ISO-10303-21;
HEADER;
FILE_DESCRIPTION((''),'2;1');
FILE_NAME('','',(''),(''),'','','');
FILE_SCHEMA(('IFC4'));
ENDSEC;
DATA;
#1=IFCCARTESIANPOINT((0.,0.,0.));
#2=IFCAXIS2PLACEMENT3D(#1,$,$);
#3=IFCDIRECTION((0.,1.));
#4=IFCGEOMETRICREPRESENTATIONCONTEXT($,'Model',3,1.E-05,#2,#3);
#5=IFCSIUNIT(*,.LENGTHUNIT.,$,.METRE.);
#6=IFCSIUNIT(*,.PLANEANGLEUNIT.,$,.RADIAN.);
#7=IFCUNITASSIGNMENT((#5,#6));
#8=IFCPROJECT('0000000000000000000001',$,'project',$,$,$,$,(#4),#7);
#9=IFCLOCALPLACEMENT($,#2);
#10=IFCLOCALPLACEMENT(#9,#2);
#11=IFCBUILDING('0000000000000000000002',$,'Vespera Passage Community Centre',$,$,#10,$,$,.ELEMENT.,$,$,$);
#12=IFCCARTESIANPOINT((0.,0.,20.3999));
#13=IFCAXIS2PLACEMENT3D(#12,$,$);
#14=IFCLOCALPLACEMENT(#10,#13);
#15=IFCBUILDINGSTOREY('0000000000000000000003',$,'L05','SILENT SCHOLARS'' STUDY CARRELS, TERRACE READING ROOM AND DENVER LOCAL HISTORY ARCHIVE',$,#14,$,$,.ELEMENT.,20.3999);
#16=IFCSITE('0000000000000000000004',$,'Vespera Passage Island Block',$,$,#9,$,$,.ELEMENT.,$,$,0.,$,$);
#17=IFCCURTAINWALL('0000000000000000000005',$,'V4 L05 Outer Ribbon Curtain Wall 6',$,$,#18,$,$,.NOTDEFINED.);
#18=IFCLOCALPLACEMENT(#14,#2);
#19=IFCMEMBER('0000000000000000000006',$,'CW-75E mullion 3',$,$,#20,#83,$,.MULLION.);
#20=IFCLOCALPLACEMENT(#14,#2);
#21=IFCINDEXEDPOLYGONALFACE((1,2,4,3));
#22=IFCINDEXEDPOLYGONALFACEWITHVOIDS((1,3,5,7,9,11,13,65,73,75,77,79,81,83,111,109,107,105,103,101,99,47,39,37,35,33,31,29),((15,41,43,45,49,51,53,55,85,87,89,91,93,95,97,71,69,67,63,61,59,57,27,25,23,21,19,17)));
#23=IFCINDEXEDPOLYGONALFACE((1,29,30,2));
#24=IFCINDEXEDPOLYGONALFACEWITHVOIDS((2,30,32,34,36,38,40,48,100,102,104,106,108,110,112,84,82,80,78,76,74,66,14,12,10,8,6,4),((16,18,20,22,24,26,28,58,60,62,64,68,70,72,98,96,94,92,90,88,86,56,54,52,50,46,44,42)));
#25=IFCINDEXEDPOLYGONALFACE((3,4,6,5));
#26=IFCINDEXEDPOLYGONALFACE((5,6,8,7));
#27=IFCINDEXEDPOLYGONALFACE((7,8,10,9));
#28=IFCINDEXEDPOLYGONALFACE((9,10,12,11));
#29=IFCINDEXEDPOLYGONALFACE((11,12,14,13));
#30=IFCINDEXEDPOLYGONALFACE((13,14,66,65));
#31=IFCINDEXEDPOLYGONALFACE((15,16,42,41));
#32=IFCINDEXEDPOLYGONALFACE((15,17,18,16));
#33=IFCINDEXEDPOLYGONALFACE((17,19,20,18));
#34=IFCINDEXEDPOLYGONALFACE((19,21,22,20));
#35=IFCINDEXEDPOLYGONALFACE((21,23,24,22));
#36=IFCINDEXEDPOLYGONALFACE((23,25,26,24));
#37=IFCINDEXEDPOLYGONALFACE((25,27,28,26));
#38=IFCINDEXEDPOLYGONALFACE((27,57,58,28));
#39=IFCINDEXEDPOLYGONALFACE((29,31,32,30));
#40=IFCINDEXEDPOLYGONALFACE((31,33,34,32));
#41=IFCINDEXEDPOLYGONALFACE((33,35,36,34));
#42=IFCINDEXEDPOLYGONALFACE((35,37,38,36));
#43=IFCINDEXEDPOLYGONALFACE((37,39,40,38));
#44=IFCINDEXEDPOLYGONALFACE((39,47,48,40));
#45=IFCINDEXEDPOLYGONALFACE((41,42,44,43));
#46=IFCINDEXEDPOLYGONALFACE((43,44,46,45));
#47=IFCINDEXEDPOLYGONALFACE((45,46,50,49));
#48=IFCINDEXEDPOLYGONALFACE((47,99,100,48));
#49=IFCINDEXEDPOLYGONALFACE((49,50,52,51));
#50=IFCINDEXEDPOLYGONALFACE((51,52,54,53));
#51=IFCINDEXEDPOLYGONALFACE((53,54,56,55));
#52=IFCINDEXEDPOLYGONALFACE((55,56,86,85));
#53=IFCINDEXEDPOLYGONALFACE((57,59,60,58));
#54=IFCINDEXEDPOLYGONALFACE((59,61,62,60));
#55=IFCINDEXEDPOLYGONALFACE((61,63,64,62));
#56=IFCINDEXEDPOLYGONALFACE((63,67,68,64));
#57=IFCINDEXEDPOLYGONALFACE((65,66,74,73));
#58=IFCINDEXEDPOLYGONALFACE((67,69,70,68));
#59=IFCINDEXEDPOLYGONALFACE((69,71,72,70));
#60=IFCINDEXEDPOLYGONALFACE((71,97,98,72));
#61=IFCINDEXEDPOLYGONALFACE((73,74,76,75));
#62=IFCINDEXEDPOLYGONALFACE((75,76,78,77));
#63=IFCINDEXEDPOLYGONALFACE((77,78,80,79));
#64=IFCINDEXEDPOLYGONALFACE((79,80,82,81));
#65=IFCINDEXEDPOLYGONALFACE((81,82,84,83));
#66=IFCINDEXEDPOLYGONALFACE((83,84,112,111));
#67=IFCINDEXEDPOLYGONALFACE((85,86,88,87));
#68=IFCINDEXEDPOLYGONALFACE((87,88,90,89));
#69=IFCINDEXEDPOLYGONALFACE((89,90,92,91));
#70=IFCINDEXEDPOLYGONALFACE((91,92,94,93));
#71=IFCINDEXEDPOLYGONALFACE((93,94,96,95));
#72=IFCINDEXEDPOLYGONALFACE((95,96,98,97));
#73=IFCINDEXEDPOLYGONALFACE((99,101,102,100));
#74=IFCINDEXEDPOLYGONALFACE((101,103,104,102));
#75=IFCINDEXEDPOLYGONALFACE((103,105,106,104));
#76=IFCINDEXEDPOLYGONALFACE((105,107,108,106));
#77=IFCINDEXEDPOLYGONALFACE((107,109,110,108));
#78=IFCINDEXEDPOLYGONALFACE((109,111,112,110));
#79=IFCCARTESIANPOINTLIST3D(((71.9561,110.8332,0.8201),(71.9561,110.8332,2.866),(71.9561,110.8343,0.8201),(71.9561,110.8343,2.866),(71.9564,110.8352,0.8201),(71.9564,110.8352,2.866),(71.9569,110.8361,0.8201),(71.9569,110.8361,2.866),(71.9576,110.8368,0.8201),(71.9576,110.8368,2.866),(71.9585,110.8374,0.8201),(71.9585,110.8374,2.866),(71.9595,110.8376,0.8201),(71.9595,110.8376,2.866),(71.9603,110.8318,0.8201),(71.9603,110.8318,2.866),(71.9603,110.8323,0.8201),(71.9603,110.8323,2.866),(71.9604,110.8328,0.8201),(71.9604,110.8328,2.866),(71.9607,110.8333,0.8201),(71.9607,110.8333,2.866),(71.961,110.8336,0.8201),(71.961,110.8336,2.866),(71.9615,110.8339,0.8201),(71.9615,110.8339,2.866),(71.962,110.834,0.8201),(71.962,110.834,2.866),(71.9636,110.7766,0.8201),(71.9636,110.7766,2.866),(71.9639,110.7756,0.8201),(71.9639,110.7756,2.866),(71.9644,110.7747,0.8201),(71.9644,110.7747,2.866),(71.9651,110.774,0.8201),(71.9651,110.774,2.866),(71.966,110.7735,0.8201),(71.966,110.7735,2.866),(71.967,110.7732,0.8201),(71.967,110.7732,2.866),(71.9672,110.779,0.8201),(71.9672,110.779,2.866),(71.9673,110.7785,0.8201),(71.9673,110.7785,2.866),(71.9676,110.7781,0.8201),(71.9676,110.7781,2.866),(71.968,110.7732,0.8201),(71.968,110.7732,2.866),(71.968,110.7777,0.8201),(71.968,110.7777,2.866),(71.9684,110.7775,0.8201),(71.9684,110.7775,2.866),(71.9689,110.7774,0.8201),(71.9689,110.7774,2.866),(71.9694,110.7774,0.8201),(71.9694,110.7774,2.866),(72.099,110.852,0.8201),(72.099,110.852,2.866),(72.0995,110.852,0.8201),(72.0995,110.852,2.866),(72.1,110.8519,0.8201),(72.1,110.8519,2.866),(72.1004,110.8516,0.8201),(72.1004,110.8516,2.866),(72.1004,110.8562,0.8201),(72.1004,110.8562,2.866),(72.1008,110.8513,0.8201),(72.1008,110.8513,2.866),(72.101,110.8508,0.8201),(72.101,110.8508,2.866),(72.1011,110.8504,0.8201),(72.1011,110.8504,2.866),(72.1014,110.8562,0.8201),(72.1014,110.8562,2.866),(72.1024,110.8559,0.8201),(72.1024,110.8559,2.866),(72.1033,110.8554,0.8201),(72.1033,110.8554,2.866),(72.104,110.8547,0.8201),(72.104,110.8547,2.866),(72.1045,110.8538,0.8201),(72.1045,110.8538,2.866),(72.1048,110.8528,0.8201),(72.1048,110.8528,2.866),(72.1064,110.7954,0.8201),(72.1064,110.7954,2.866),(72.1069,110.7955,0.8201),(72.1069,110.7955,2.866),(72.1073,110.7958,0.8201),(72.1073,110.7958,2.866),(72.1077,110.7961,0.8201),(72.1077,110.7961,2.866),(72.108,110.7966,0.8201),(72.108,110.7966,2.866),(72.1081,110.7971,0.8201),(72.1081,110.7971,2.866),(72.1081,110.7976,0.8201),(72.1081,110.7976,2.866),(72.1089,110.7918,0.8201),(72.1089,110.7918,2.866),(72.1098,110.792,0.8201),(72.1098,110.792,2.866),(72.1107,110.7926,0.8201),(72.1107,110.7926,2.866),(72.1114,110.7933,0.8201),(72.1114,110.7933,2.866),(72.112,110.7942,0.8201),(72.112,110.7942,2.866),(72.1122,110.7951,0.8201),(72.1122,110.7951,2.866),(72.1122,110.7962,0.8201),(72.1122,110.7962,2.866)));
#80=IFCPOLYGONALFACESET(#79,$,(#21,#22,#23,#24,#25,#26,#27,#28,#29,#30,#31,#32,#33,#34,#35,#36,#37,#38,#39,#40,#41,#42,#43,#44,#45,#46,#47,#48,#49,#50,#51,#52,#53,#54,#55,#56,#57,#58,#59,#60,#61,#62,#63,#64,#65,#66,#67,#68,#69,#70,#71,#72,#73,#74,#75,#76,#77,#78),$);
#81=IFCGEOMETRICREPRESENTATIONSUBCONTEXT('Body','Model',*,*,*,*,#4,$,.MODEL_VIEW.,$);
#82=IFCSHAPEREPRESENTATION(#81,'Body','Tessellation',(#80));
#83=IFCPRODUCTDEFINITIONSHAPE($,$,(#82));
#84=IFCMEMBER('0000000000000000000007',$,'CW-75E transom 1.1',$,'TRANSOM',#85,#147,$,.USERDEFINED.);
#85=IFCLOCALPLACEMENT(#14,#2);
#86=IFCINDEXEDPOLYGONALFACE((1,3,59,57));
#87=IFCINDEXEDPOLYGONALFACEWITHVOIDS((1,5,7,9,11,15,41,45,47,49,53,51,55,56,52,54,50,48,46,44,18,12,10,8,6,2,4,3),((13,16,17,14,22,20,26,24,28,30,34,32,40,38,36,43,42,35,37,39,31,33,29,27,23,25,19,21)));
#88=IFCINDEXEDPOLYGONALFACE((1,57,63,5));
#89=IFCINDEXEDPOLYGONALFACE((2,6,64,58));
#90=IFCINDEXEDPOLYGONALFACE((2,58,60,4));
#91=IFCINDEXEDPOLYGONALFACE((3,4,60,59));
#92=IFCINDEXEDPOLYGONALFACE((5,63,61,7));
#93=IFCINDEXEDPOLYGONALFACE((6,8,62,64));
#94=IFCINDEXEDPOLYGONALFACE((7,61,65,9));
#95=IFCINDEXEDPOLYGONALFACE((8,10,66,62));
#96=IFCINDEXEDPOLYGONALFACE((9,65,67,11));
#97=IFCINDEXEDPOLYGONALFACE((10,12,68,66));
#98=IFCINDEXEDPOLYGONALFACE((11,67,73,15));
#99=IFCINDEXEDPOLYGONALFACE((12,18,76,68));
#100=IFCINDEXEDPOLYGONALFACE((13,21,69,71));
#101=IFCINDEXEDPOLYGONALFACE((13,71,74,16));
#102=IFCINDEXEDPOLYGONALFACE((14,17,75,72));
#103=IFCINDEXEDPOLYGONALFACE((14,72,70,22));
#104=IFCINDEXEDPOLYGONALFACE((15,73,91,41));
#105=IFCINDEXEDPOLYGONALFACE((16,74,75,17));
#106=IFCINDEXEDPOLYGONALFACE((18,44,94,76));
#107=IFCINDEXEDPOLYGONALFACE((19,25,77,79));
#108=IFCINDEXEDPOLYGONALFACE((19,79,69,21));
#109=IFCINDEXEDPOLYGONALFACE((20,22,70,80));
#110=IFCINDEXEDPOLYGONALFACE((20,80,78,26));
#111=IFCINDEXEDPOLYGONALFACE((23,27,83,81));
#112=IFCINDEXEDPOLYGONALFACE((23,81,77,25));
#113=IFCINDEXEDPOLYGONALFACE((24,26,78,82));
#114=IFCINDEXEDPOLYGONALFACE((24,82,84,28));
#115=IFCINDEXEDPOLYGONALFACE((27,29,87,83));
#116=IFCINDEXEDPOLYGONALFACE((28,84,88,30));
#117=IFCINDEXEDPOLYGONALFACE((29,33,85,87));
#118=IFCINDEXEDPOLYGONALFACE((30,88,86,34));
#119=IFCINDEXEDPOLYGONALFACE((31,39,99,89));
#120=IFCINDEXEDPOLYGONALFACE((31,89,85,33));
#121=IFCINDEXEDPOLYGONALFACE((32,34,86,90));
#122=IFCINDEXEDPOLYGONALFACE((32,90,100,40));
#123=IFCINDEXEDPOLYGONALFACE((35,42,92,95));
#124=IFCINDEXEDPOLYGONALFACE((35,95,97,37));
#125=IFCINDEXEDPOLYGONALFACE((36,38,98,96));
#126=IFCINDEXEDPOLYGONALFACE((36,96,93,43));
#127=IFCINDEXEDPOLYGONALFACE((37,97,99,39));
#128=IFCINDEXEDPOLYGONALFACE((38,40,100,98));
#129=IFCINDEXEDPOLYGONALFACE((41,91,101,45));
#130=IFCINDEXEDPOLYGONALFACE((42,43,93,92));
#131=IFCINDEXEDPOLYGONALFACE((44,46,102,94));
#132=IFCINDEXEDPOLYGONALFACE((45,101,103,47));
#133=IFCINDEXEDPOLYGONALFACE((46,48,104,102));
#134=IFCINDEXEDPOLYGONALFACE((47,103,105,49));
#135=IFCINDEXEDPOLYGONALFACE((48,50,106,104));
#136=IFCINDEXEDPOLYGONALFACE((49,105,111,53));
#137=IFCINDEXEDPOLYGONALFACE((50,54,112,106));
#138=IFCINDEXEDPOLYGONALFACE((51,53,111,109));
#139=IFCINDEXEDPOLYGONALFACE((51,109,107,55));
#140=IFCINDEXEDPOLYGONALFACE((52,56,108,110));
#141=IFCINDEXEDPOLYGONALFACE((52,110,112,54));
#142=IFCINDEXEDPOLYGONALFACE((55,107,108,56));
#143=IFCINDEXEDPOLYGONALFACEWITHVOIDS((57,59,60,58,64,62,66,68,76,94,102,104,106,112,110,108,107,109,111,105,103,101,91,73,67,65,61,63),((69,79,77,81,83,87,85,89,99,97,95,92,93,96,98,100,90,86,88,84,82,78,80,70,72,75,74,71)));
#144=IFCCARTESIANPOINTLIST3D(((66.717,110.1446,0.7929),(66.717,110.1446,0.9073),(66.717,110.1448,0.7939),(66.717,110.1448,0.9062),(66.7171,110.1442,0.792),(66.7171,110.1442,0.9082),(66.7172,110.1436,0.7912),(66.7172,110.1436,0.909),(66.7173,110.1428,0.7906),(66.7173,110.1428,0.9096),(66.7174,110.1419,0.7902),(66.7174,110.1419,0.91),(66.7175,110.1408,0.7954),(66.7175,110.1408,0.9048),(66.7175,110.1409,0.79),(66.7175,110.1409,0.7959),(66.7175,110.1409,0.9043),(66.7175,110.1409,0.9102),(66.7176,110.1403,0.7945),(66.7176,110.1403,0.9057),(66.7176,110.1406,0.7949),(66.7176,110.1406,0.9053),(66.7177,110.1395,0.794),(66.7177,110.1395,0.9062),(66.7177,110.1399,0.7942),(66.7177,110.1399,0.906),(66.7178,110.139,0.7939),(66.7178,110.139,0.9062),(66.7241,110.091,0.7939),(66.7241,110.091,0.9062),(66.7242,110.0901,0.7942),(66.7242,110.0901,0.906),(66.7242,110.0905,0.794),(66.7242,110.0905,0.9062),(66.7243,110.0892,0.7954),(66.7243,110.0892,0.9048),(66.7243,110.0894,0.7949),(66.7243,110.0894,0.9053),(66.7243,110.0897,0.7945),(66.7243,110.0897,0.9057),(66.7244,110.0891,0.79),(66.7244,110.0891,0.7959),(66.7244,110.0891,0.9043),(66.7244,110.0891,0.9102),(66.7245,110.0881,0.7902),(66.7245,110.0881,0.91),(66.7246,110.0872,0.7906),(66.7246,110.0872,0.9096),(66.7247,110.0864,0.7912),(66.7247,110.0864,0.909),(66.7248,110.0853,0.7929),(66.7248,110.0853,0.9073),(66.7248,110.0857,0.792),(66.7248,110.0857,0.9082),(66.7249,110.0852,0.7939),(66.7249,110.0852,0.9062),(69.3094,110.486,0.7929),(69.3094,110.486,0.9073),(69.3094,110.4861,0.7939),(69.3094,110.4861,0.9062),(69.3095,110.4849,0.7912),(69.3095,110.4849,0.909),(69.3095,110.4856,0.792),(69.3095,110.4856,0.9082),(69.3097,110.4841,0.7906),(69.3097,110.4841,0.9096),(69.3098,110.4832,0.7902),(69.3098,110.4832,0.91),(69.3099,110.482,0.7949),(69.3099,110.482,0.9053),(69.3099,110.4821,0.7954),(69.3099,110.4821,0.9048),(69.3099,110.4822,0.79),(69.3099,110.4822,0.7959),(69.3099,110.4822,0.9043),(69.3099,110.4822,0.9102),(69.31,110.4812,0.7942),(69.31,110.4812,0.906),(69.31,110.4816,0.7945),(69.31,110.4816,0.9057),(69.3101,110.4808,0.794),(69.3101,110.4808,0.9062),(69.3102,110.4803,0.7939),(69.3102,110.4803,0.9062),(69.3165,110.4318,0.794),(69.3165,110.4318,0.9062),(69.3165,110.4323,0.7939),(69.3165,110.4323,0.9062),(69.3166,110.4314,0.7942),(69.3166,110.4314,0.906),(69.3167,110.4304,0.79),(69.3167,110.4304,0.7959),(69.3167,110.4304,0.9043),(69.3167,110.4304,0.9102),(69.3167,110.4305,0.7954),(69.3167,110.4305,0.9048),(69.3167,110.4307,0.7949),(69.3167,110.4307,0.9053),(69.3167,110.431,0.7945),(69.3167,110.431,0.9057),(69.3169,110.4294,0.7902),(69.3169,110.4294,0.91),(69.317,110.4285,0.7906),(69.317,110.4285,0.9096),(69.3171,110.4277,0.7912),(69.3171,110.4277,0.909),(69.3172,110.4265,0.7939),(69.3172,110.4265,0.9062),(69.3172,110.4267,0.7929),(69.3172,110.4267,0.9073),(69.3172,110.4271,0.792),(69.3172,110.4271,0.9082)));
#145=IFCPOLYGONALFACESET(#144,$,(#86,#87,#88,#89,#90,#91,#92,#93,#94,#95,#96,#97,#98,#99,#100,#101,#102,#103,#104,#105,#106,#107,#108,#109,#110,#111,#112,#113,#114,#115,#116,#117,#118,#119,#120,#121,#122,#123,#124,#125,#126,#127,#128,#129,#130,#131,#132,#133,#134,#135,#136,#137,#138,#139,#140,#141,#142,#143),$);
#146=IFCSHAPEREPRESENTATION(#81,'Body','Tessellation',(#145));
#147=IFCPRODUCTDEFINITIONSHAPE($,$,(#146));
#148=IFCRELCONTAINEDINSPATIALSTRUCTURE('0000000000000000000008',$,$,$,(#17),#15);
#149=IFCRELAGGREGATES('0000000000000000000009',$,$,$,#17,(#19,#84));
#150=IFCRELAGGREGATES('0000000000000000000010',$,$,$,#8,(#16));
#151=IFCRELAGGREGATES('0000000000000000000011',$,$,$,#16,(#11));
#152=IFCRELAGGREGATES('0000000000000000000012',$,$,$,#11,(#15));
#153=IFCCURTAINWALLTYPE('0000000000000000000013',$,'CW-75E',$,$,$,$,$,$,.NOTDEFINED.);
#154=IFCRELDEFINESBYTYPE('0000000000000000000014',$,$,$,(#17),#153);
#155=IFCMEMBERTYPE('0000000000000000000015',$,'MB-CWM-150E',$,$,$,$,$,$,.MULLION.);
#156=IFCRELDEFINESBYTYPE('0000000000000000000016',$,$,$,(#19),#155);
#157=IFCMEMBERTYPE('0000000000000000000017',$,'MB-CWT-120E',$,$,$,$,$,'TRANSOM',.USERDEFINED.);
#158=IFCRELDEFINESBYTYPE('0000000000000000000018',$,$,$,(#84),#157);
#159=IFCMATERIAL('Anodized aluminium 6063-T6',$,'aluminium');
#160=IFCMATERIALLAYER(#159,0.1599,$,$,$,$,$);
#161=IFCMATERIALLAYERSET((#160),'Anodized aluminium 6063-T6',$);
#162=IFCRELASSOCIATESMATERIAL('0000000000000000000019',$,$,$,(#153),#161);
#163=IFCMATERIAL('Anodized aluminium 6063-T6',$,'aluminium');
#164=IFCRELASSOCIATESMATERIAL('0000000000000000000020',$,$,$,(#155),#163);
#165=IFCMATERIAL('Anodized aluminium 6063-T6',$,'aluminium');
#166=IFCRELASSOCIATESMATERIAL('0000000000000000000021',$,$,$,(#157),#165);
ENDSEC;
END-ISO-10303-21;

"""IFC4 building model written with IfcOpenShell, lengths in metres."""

from ifc_helpers import new_model, si_unit, direction, frame, origin, origin_2d, place, context, subcontext, project, spatial, hollow_rectangle, extrude, material, layer, layer_set, material_profile, profile_set, type_object, element, aggregate, save


model = new_model("IFC4")

# Units and contexts
model_context = context("Model", 3, precision=1e-05, world=origin(), true_north=direction((0.0, 1.0)))
body_context = subcontext(model_context, "Body", "Model", "MODEL_VIEW")
ifc_project = project(units=[si_unit("LENGTHUNIT", "METRE"), si_unit("PLANEANGLEUNIT", "RADIAN")], contexts=[model_context])

# Site, building, storey
site_placement = place(None, origin())
site = spatial("IfcSite", under=ifc_project, at=site_placement, Name="Vespera Passage Island Block", CompositionType="ELEMENT", RefElevation=0.0)
building_placement = place(site_placement, origin())
building = spatial("IfcBuilding", under=site, at=building_placement, Name="Vespera Passage Community Centre", CompositionType="ELEMENT")
storey_placement = place(building_placement, frame((0.0, 0.0, 20.3999)))
storey = spatial("IfcBuildingStorey", under=building, at=storey_placement, Name="L05", Description="SILENT SCHOLARS' STUDY CARRELS, TERRACE READING ROOM AND DENVER LOCAL HISTORY ARCHIVE", CompositionType="ELEMENT", Elevation=20.3999)

# Curtain wall, members
ifc_material_1 = material(Name="Anodized aluminium 6063-T6", Category="aluminium")
ifc_layer_1 = layer(ifc_material_1, 0.1599)
ifc_layer_set_1 = layer_set([ifc_layer_1], Name="Anodized aluminium 6063-T6")
curtain_wall_type = type_object("IfcCurtainWallType", Name="CW-75E", PredefinedType="NOTDEFINED", material=ifc_layer_set_1)
curtain_wall_placement = place(storey_placement, origin())
curtain_wall = element("IfcCurtainWall", 1, at=curtain_wall_placement, inside=storey, type_object=curtain_wall_type, Name="V4 L05 Outer Ribbon Curtain Wall 6", PredefinedType="NOTDEFINED")
ifc_material_2 = material(Name="Anodized aluminium 6063-T6", Category="aluminium")
ifc_material_profile_1 = material_profile(ifc_material_2, hollow_rectangle(XDim=0.0649, YDim=0.1499, WallThickness=0.0039, InnerFilletRadius=0.002, OuterFilletRadius=0.0039, at=origin_2d()), Name="ALU150X65X4")
ifc_profile_set_1 = profile_set([ifc_material_profile_1], Name="Anodized aluminium 6063-T6")
member_type_1 = type_object("IfcMemberType", Name="MB-CWM-150E", PredefinedType="MULLION", material=ifc_profile_set_1)
member_1_placement = place(storey_placement, frame((72.0342, 110.8147, 0.8201), z_axis=(0.0, 0.0, 1.0), x_axis=(-0.130531, 0.991444, 0.0)))
member_1 = element("IfcMember", 2, at=member_1_placement, type_object=member_type_1, Name="CW-75E mullion 3", PredefinedType="MULLION", context=body_context, shape_type="SweptSolid", body=[
    extrude(hollow_rectangle(XDim=0.0649, YDim=0.1499, WallThickness=0.0039, InnerFilletRadius=0.002, OuterFilletRadius=0.0039, at=origin_2d()), origin(), (0.0, 0.0, 1.0), 2.0459),
])
ifc_material_3 = material(Name="Anodized aluminium 6063-T6", Category="aluminium")
ifc_material_profile_2 = material_profile(ifc_material_3, hollow_rectangle(XDim=0.0601, YDim=0.1201, WallThickness=0.0039, InnerFilletRadius=0.002, OuterFilletRadius=0.0039, at=origin_2d()), Name="ALU120X60X4")
ifc_profile_set_2 = profile_set([ifc_material_profile_2], Name="Anodized aluminium 6063-T6")
member_type_2 = type_object("IfcMemberType", Name="MB-CWT-120E", ElementType="TRANSOM", PredefinedType="USERDEFINED", material=ifc_profile_set_2)
member_2_placement = place(storey_placement, frame((66.7209, 110.115, 0.8501), z_axis=(0.991443, 0.130537, 0.0), x_axis=(-0.130537, 0.991443, 0.0)))
member_2 = element("IfcMember", 3, at=member_2_placement, type_object=member_type_2, Name="CW-75E transom 1.1", ObjectType="TRANSOM", PredefinedType="USERDEFINED", context=body_context, shape_type="SweptSolid", body=[
    extrude(hollow_rectangle(XDim=0.0601, YDim=0.1201, WallThickness=0.0039, InnerFilletRadius=0.002, OuterFilletRadius=0.0039, at=origin_2d()), origin(), (0.0, 0.0, 1.0), 2.6147),
])
aggregate(curtain_wall, [member_1, member_2])

save(model, "model.ifc")
